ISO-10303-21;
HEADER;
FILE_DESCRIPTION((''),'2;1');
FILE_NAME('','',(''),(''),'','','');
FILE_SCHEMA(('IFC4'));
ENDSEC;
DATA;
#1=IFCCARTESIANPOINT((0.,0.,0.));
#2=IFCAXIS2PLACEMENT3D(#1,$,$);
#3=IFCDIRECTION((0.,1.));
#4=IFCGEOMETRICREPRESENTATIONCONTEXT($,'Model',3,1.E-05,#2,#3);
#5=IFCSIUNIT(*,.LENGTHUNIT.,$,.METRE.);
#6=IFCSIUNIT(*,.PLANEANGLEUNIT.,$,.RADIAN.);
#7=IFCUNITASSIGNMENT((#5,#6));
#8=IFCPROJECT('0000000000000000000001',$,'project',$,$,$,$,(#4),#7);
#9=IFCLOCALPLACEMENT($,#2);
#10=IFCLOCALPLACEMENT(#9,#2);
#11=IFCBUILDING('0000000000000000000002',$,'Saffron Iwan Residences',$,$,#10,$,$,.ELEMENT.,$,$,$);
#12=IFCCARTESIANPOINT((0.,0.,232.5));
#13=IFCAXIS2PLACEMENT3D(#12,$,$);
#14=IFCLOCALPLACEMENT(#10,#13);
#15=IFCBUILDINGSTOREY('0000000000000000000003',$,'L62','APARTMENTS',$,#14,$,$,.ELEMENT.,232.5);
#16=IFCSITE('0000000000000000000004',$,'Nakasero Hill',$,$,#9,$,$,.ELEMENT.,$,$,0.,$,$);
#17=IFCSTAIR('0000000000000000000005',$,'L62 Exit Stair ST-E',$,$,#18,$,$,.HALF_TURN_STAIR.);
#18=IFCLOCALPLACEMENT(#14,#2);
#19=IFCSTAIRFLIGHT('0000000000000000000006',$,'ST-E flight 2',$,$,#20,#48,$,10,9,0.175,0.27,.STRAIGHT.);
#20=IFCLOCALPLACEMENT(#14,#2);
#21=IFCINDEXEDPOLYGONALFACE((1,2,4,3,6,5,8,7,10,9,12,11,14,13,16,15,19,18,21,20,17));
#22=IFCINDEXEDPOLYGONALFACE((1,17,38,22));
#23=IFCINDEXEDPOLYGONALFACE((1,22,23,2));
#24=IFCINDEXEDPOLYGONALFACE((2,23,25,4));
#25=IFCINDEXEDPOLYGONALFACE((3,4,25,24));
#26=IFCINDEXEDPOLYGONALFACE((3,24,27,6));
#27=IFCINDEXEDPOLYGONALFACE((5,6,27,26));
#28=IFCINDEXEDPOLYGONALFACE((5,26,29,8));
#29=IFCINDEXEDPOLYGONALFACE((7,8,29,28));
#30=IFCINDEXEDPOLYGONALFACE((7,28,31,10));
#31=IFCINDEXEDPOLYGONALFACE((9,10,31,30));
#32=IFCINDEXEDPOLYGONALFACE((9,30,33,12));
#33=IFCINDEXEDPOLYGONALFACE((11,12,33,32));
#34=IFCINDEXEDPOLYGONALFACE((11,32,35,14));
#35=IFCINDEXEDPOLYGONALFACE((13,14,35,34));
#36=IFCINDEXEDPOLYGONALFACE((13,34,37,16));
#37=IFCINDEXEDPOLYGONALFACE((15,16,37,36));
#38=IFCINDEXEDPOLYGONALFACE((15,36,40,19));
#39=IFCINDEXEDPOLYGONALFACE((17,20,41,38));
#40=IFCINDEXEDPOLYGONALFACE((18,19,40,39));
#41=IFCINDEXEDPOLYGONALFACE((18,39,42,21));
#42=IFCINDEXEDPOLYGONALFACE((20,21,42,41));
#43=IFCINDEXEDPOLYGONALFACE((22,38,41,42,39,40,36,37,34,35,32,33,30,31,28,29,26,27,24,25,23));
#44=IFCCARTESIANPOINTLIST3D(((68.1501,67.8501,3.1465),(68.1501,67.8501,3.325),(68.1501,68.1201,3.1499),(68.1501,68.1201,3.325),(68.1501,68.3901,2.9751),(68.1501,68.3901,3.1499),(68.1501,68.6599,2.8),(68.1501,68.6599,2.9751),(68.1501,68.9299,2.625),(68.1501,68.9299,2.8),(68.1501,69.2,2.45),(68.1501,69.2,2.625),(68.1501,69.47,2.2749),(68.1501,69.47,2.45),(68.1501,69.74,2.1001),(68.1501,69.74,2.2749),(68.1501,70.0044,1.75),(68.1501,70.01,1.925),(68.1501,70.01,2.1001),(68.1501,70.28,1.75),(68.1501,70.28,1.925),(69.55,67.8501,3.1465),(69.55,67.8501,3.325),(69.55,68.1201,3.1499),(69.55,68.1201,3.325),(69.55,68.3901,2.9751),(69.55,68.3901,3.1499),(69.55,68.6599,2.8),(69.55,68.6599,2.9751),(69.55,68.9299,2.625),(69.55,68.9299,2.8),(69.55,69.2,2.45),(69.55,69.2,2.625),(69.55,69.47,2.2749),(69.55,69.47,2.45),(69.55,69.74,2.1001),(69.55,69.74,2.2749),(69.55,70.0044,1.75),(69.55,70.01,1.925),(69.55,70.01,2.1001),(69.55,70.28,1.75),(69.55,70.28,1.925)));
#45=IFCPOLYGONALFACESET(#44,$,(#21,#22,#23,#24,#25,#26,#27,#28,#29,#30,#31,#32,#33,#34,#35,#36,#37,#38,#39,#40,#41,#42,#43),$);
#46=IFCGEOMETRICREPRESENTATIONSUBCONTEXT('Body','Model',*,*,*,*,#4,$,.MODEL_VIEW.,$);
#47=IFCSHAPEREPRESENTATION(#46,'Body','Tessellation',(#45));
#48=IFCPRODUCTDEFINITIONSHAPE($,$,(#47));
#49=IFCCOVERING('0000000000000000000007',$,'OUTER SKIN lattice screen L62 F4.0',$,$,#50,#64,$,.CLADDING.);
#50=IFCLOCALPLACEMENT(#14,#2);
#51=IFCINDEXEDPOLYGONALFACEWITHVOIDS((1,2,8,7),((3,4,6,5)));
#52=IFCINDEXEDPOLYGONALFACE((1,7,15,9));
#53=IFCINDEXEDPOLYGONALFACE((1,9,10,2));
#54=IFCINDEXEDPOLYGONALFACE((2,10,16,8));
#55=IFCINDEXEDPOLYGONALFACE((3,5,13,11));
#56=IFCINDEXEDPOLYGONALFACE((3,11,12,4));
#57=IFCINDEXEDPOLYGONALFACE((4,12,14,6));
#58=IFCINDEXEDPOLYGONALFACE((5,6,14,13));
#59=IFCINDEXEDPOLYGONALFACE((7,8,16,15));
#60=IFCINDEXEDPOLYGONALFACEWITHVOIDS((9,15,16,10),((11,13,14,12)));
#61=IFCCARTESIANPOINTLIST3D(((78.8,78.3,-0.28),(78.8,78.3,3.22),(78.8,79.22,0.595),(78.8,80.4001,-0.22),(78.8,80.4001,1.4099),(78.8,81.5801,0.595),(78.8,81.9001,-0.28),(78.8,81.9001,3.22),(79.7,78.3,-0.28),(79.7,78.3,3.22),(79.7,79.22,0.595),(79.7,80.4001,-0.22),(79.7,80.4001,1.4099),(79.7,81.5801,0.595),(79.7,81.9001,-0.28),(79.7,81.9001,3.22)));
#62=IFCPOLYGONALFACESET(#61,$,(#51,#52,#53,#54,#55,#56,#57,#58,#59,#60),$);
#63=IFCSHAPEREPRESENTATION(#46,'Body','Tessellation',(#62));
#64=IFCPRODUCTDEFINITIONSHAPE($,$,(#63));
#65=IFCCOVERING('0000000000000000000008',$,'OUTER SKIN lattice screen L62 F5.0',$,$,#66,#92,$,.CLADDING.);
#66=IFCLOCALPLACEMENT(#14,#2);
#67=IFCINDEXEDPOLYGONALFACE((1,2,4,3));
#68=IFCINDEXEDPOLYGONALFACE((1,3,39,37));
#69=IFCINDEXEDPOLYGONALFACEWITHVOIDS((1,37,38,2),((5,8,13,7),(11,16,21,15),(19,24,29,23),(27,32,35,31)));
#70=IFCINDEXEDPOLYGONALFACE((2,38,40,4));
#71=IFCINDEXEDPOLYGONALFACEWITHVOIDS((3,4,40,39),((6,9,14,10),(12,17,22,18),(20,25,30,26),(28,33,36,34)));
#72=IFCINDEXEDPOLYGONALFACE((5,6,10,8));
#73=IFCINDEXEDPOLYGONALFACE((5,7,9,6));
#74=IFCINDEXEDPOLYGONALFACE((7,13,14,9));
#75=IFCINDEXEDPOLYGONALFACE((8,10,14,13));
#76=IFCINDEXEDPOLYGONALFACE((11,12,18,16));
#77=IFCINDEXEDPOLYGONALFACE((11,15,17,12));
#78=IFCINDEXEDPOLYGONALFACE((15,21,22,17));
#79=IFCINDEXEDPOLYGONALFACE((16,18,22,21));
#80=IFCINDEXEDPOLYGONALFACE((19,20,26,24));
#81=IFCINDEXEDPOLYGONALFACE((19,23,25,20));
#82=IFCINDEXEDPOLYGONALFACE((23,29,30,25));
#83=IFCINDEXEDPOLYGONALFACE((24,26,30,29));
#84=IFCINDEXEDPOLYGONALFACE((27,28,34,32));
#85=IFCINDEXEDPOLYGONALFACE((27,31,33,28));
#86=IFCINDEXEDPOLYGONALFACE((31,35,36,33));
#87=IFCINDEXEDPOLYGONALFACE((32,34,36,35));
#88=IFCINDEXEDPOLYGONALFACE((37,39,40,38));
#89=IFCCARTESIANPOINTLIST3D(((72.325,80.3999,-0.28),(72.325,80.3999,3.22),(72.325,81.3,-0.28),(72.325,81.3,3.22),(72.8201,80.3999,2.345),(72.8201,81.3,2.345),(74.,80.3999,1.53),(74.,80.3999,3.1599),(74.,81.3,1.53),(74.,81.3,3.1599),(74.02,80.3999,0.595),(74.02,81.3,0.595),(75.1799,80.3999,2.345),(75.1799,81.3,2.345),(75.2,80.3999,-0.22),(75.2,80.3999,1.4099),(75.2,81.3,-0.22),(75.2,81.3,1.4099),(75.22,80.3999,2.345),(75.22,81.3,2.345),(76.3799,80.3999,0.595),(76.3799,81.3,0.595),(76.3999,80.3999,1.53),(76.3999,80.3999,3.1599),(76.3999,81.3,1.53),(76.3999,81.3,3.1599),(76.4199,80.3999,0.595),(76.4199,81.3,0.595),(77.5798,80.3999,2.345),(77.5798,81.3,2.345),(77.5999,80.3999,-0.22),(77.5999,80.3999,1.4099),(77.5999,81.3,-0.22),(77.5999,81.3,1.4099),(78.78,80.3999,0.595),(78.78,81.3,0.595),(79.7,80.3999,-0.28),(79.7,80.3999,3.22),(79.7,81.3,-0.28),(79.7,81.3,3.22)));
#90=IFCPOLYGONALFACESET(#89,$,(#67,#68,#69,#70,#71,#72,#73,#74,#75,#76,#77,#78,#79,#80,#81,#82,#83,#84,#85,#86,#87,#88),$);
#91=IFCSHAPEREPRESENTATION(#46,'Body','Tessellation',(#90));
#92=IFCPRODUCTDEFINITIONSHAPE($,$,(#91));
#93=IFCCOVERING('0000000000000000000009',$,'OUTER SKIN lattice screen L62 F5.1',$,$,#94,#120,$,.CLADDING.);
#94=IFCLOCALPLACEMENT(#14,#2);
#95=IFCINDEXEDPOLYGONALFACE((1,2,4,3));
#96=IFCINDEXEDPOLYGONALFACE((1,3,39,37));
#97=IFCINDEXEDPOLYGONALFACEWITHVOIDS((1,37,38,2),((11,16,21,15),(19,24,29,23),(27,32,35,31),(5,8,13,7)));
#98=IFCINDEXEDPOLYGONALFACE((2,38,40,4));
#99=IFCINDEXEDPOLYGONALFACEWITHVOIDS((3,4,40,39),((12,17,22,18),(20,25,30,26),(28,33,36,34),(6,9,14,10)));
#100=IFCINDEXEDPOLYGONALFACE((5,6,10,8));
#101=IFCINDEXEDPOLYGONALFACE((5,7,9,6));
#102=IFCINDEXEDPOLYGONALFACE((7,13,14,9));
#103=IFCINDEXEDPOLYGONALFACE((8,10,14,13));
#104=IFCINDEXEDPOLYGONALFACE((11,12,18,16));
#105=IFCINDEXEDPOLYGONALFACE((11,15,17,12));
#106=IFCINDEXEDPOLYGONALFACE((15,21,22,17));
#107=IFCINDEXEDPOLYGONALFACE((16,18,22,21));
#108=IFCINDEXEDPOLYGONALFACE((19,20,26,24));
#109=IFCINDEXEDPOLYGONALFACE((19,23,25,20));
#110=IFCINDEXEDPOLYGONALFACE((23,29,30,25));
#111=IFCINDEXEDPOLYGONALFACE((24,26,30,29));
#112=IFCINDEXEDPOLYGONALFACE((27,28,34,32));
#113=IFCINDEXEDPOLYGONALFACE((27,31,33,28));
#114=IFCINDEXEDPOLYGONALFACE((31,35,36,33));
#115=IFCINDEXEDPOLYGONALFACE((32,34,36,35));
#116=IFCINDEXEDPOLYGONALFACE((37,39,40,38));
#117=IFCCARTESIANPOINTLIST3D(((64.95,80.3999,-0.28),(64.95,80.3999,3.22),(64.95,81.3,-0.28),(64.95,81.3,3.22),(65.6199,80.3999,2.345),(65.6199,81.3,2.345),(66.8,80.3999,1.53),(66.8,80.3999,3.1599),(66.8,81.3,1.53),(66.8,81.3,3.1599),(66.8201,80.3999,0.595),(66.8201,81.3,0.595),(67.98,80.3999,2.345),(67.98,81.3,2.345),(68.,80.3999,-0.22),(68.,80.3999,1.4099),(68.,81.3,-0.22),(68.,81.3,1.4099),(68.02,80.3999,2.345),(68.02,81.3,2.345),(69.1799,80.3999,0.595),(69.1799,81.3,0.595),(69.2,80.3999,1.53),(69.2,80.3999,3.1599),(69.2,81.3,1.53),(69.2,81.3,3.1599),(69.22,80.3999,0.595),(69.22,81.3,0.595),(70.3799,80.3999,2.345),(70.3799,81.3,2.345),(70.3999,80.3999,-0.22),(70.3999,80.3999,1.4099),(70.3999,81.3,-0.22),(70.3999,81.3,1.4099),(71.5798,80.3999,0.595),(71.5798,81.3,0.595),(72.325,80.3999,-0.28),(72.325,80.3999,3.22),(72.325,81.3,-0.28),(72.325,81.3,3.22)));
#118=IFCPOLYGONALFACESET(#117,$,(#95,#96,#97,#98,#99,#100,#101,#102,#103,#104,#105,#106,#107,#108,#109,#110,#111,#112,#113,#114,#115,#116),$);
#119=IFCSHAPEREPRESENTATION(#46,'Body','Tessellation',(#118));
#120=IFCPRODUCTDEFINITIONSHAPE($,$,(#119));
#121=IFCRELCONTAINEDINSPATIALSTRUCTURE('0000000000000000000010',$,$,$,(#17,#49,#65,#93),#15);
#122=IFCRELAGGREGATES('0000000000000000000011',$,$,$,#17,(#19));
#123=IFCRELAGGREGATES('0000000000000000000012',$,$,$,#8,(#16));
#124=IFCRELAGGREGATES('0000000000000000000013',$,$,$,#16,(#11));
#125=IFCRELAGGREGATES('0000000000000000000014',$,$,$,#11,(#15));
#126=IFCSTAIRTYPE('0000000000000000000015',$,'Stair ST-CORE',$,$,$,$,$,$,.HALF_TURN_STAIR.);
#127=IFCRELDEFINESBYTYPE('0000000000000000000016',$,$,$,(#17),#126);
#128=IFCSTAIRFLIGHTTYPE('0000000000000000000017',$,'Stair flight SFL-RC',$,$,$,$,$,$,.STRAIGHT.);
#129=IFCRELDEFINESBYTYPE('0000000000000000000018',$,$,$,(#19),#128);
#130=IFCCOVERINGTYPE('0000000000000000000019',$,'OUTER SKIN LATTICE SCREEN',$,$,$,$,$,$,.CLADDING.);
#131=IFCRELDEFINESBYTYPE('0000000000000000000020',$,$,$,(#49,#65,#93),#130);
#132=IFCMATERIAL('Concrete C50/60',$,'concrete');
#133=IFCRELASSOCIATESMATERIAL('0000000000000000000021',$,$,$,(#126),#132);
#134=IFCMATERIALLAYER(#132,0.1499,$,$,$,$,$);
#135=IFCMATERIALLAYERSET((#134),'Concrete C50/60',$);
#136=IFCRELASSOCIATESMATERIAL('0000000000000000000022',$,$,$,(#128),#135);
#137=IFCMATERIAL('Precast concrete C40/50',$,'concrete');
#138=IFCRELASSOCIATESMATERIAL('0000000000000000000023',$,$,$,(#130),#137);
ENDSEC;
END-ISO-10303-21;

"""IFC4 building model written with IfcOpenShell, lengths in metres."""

from ifc_helpers import new_model, si_unit, direction, frame, origin, place, context, subcontext, project, spatial, polyline, outline, extrude, material, layer, layer_set, type_object, element, aggregate, save


model = new_model("IFC4")

# Units and contexts
model_context = context("Model", 3, precision=1e-05, world=origin(), true_north=direction((0.0, 1.0)))
body_context = subcontext(model_context, "Body", "Model", "MODEL_VIEW")
ifc_project = project(units=[si_unit("LENGTHUNIT", "METRE"), si_unit("PLANEANGLEUNIT", "RADIAN")], contexts=[model_context])

# Site, building, storey
site_placement = place(None, origin())
site = spatial("IfcSite", under=ifc_project, at=site_placement, Name="Nakasero Hill", CompositionType="ELEMENT", RefElevation=0.0)
building_placement = place(site_placement, origin())
building = spatial("IfcBuilding", under=site, at=building_placement, Name="Saffron Iwan Residences", CompositionType="ELEMENT")
storey_placement = place(building_placement, frame((0.0, 0.0, 232.5)))
storey = spatial("IfcBuildingStorey", under=building, at=storey_placement, Name="L62", Description="APARTMENTS", CompositionType="ELEMENT", Elevation=232.5)

# Stair, stair flight
ifc_material_1 = material(Name="Concrete C50/60", Category="concrete")
stair_type = type_object("IfcStairType", Name="Stair ST-CORE", PredefinedType="HALF_TURN_STAIR", material=ifc_material_1)
stair_placement = place(storey_placement, origin())
stair = element("IfcStair", 1, at=stair_placement, inside=storey, type_object=stair_type, Name="L62 Exit Stair ST-E", PredefinedType="HALF_TURN_STAIR")
ifc_layer_1 = layer(ifc_material_1, 0.1499)
ifc_layer_set_1 = layer_set([ifc_layer_1], Name="Concrete C50/60")
stair_flight_type = type_object("IfcStairFlightType", Name="Stair flight SFL-RC", PredefinedType="STRAIGHT", material=ifc_layer_set_1)
stair_flight_placement = place(storey_placement, frame((68.8501, 70.28, 1.75), z_axis=(0.0, 0.0, 1.0), x_axis=(0.0, -1.0, 0.0)))
stair_flight = element("IfcStairFlight", 2, at=stair_flight_placement, type_object=stair_flight_type, Name="ST-E flight 2", NumberOfRisers=10, NumberOfTreads=9, PredefinedType="STRAIGHT", RiserHeight=0.175, TreadLength=0.27, context=body_context, shape_type="SweptSolid", body=[
    extrude(outline(polyline([(0.0, 0.0), (0.0, 0.175), (0.27, 0.175), (0.27, 0.3501), (0.54, 0.3501), (0.54, 0.5249), (0.8101, 0.5249), (0.8101, 0.7), (1.0801, 0.7), (1.0801, 0.875), (1.3501, 0.875), (1.3501, 1.05), (1.6201, 1.05), (1.6201, 1.2251), (1.8899, 1.2251), (1.8899, 1.3999), (2.1599, 1.3999), (2.1599, 1.575), (2.4299, 1.575), (2.4299, 1.75), (2.4299, 1.3965), (0.2756, 0.0), (0.0, 0.0)])), frame((0.0, 0.7, 0.0), z_axis=(0.0, -1.0, 0.0), x_axis=(1.0, 0.0, 0.0)), (0.0, 0.0, 1.0), 1.3999),
])
aggregate(stair, [stair_flight])

# Coverings
ifc_material_2 = material(Name="Precast concrete C40/50", Category="concrete")
covering_type_1 = type_object("IfcCoveringType", Name="OUTER SKIN LATTICE SCREEN", PredefinedType="CLADDING", material=ifc_material_2)
covering_1_placement = place(storey_placement, frame((78.8, 78.3, -0.28), z_axis=(1.0, 0.0, 0.0), x_axis=(0.0, 1.0, 0.0)))
element("IfcCovering", 3, at=covering_1_placement, inside=storey, type_object=covering_type_1, Name="OUTER SKIN lattice screen L62 F4.0", PredefinedType="CLADDING", context=body_context, shape_type="SweptSolid", body=[
    extrude(outline(polyline([(0.0, 0.0), (3.6001, 0.0), (3.6001, 3.5), (0.0, 3.5), (0.0, 0.0)]), holes=[polyline([(0.9199, 0.875), (2.1001, 0.0601), (3.28, 0.875), (2.1001, 1.6899), (0.9199, 0.875)])]), origin(), (0.0, 0.0, 1.0), 0.8999),
])
covering_2_placement = place(storey_placement, frame((79.7, 80.3999, -0.28), z_axis=(0.0, 1.0, 0.0), x_axis=(-1.0, 0.0, 0.0)))
element("IfcCovering", 4, at=covering_2_placement, inside=storey, type_object=covering_type_1, Name="OUTER SKIN lattice screen L62 F5.0", PredefinedType="CLADDING", context=body_context, shape_type="SweptSolid", body=[
    extrude(outline(polyline([(0.0, 0.0), (7.375, 0.0), (7.375, 3.5), (0.0, 3.5), (0.0, 0.0)]), holes=[polyline([(0.9199, 0.875), (2.1001, 0.0601), (3.28, 0.875), (2.1001, 1.6899), (0.9199, 0.875)]), polyline([(3.3201, 0.875), (4.5, 0.0601), (5.6799, 0.875), (4.5, 1.6899), (3.3201, 0.875)]), polyline([(2.1201, 2.625), (3.3, 1.8101), (4.48, 2.625), (3.3, 3.4399), (2.1201, 2.625)]), polyline([(4.52, 2.625), (5.7, 1.8101), (6.8799, 2.625), (5.7, 3.4399), (4.52, 2.625)])]), origin(), (0.0, 0.0, 1.0), 0.9001),
])
covering_3_placement = place(storey_placement, frame((72.325, 80.3999, -0.28), z_axis=(0.0, 1.0, 0.0), x_axis=(-1.0, 0.0, 0.0)))
element("IfcCovering", 5, at=covering_3_placement, inside=storey, type_object=covering_type_1, Name="OUTER SKIN lattice screen L62 F5.1", PredefinedType="CLADDING", context=body_context, shape_type="SweptSolid", body=[
    extrude(outline(polyline([(0.0, 0.0), (7.375, 0.0), (7.375, 3.5), (0.0, 3.5), (0.0, 0.0)]), holes=[polyline([(0.7451, 0.875), (1.925, 0.0601), (3.105, 0.875), (1.925, 1.6899), (0.7451, 0.875)]), polyline([(3.145, 0.875), (4.325, 0.0601), (5.5049, 0.875), (4.325, 1.6899), (3.145, 0.875)]), polyline([(1.9451, 2.625), (3.125, 1.8101), (4.3049, 2.625), (3.125, 3.4399), (1.9451, 2.625)]), polyline([(4.345, 2.625), (5.5249, 1.8101), (6.7051, 2.625), (5.5249, 3.4399), (4.345, 2.625)])]), origin(), (0.0, 0.0, 1.0), 0.9001),
])

save(model, "model.ifc")
